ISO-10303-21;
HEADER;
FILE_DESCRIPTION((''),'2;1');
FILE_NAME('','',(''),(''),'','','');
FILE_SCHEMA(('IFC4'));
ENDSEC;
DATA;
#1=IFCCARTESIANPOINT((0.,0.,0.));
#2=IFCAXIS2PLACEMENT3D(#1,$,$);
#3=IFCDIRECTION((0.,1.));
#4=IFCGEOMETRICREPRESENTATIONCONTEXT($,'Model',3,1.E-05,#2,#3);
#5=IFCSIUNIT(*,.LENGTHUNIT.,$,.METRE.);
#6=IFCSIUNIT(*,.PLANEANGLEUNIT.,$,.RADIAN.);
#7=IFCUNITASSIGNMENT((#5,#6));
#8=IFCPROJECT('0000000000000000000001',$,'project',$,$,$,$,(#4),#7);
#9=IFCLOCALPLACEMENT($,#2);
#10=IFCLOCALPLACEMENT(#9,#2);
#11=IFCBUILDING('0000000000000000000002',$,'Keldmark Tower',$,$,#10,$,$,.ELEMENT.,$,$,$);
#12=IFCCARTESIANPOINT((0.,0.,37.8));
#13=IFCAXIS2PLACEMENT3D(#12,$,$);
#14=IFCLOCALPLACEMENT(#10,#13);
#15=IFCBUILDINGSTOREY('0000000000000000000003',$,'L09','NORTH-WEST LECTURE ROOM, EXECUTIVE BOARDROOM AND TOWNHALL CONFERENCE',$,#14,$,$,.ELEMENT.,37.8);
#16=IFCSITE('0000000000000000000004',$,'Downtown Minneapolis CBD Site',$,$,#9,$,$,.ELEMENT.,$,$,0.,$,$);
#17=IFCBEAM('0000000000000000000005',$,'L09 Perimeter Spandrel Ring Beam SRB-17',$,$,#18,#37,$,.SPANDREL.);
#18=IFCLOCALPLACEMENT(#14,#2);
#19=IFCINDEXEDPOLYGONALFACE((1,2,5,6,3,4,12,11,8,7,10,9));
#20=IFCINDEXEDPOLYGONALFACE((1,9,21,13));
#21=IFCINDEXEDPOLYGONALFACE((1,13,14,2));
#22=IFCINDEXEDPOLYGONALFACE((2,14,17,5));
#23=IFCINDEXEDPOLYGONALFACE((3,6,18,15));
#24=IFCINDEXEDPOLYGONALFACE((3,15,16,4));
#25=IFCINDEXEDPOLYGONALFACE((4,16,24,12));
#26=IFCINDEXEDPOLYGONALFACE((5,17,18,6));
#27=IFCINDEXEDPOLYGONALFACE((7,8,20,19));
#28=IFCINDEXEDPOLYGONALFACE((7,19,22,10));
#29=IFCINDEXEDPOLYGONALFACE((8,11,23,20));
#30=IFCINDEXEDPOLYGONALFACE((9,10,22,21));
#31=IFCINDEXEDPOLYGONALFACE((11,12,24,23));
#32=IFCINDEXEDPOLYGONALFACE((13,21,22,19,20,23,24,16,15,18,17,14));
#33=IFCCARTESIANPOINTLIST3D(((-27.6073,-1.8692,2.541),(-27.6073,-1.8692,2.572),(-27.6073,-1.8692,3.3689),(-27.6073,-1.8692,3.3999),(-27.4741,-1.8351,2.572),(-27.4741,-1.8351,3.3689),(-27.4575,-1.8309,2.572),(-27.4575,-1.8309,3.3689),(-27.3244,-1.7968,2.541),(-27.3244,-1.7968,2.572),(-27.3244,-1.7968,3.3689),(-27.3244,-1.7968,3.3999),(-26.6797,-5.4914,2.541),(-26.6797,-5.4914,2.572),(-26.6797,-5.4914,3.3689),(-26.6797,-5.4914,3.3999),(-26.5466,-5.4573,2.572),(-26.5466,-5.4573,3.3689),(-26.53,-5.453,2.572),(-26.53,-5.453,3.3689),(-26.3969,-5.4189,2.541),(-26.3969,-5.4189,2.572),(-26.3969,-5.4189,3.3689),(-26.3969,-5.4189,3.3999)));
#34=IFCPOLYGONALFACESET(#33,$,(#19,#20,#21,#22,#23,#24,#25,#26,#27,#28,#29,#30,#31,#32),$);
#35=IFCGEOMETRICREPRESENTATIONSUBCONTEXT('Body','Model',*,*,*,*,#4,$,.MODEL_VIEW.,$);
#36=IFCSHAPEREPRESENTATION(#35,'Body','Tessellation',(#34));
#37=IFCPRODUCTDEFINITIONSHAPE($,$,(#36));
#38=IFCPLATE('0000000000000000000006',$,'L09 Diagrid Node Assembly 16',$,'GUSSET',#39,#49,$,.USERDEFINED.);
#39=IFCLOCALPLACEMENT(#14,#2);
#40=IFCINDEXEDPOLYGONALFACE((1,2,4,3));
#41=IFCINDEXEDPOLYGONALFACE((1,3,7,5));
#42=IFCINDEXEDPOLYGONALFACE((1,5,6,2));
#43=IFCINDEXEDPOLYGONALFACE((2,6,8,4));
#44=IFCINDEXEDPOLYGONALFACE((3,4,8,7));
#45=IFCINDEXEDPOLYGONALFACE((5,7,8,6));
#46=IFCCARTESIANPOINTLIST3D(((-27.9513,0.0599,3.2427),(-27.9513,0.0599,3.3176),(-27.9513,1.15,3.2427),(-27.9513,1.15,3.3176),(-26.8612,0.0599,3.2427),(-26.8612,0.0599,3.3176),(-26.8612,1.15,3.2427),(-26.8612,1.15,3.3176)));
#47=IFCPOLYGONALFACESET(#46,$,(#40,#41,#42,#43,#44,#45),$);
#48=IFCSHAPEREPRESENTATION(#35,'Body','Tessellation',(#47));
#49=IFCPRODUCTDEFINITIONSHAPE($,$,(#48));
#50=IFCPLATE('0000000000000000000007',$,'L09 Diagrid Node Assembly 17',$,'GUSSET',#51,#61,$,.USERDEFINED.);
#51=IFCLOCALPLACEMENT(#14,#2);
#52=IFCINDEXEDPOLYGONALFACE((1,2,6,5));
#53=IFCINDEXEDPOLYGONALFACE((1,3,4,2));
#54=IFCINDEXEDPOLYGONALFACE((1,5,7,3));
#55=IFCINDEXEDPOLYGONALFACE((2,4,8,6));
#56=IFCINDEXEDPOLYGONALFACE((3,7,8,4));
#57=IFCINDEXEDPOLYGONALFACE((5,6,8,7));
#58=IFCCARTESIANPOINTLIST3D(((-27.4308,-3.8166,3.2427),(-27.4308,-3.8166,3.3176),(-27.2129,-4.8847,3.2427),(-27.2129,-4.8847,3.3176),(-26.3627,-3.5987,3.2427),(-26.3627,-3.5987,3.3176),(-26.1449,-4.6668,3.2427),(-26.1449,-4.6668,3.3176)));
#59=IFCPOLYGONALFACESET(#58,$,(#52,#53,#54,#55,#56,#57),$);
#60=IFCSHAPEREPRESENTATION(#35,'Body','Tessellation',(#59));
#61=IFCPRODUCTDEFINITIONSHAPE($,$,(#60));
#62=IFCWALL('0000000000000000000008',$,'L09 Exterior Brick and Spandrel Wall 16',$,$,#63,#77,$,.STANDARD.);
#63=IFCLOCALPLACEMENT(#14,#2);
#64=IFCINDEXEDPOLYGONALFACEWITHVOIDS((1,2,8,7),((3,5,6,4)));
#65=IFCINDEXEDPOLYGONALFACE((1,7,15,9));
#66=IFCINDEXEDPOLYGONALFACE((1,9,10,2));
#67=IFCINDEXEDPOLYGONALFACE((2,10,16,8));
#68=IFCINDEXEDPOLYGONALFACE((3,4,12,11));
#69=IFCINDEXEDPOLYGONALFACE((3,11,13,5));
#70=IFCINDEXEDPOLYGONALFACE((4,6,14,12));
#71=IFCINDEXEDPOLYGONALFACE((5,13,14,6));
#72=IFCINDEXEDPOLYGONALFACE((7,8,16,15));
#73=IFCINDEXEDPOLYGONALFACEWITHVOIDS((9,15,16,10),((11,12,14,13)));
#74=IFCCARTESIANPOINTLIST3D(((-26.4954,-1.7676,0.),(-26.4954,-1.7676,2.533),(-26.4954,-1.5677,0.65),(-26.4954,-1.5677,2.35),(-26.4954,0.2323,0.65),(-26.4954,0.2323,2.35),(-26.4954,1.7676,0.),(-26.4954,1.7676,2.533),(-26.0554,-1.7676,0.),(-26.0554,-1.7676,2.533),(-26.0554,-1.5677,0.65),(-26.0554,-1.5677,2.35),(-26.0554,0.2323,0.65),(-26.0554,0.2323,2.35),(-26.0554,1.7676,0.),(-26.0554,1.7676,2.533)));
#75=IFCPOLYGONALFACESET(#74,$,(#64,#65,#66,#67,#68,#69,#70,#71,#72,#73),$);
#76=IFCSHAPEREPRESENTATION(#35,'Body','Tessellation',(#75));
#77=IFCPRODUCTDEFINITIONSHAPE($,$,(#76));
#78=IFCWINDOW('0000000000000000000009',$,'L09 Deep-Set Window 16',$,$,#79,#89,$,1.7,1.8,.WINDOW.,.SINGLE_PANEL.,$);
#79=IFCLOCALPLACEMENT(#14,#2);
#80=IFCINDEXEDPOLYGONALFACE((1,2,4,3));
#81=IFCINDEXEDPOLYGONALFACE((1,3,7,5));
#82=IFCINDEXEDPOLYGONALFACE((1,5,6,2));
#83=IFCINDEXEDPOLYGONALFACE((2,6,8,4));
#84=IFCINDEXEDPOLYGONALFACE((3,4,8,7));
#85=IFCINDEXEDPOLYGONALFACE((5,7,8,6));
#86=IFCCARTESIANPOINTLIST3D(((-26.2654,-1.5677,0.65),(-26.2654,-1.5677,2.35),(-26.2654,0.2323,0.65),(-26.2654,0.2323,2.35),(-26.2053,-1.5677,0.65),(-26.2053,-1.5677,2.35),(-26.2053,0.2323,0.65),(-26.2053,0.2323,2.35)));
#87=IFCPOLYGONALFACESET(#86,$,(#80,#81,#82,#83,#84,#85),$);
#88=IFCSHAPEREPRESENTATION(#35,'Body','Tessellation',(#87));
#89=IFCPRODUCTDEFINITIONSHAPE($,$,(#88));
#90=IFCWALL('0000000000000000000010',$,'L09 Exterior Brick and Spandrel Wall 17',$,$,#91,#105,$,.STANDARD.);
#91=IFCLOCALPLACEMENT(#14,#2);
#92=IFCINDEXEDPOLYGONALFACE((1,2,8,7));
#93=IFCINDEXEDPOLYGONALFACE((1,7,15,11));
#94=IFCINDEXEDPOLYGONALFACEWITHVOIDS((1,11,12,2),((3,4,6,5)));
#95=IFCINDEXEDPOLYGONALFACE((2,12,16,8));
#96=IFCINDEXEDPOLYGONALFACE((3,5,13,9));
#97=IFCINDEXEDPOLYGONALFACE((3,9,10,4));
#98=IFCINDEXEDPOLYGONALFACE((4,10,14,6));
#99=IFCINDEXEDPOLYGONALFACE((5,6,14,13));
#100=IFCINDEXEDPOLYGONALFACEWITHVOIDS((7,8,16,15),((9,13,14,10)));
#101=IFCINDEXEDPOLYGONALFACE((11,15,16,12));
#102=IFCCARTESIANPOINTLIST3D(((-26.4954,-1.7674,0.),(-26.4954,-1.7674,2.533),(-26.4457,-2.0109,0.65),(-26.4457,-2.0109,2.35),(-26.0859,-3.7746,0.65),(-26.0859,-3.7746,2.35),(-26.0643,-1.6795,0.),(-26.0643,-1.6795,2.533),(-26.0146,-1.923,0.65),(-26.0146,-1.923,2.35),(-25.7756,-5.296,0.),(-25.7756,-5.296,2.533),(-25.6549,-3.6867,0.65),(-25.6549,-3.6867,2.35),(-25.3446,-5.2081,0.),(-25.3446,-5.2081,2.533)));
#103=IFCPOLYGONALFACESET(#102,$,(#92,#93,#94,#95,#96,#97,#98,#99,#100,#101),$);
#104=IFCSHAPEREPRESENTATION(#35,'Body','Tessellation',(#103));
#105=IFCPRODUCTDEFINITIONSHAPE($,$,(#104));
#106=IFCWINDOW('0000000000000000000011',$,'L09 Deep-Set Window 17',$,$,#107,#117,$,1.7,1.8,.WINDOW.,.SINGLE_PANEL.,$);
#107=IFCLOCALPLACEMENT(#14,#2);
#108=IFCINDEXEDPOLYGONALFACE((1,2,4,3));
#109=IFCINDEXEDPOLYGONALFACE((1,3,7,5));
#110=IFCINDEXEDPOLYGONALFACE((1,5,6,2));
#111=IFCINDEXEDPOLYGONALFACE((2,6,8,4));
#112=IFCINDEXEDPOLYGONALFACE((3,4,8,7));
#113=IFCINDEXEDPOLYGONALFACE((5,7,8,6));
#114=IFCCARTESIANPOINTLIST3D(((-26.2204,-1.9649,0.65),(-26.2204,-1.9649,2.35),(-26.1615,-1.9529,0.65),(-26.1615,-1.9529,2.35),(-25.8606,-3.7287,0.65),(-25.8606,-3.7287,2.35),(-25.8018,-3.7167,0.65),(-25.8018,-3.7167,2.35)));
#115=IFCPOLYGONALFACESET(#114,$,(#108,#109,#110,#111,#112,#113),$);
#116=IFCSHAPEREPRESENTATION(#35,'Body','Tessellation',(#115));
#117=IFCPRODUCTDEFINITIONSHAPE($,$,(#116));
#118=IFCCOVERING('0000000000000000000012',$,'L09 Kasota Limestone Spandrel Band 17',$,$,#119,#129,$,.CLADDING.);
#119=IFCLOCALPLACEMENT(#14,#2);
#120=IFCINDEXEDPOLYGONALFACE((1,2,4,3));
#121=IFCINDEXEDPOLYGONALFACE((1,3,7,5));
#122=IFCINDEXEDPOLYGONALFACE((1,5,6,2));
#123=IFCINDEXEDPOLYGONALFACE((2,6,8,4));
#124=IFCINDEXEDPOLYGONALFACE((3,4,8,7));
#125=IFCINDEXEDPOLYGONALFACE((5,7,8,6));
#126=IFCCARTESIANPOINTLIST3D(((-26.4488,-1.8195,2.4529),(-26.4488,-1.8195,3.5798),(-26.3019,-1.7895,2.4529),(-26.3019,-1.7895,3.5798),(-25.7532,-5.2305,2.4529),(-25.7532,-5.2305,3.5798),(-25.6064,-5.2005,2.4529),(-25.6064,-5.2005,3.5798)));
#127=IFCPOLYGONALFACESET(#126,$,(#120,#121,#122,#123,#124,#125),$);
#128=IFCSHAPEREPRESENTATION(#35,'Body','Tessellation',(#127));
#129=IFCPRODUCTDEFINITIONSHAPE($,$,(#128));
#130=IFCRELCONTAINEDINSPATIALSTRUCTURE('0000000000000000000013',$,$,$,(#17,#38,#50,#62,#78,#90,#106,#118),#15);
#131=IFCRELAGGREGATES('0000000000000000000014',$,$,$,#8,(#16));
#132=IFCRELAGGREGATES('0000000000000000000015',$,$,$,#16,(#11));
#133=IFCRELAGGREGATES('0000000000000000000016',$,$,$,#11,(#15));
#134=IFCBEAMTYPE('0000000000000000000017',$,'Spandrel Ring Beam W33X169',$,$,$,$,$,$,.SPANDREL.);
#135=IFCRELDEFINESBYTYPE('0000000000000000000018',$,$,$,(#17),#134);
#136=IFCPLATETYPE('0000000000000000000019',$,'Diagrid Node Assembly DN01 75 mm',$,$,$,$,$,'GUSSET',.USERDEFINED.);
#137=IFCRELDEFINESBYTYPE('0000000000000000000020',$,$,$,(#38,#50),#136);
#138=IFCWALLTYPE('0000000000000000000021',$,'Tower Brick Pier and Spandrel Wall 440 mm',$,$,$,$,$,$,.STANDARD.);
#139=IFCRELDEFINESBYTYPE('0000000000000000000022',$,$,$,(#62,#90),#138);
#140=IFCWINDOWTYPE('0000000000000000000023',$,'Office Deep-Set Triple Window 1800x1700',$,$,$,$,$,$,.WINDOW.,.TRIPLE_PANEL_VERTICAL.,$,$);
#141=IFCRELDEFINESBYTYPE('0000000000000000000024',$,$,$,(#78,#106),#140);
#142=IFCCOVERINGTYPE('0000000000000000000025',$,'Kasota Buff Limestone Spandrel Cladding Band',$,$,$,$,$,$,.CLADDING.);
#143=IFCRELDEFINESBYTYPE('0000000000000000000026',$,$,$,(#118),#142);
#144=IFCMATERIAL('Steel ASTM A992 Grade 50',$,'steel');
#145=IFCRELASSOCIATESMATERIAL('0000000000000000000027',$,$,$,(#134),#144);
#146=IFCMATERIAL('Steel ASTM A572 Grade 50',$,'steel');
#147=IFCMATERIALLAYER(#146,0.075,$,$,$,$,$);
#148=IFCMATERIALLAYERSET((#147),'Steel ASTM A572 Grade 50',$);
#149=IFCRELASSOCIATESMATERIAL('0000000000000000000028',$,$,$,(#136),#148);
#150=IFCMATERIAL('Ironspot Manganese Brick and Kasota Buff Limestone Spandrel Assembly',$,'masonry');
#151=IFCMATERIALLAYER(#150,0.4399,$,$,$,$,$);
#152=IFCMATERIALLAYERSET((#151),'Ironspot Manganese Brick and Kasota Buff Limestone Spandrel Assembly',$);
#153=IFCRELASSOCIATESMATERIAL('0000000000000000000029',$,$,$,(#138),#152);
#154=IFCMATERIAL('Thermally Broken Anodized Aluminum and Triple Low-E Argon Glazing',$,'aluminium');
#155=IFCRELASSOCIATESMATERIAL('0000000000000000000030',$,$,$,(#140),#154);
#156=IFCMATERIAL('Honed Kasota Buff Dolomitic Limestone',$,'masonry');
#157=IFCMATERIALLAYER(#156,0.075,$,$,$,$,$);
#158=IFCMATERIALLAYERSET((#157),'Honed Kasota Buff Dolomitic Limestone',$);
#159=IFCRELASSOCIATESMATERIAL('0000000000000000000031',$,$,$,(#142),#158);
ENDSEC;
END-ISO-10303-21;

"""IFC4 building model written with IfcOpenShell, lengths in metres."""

from ifc_helpers import new_model, si_unit, direction, frame, frame_2d, origin, origin_2d, place, context, subcontext, project, spatial, rectangle, i_section, extrude, material, layer, layer_set, material_profile, profile_set, type_object, element, fill, save


model = new_model("IFC4")

# Units and contexts
model_context = context("Model", 3, precision=1e-05, world=origin(), true_north=direction((0.0, 1.0)))
body_context = subcontext(model_context, "Body", "Model", "MODEL_VIEW")
ifc_project = project(units=[si_unit("LENGTHUNIT", "METRE"), si_unit("PLANEANGLEUNIT", "RADIAN")], contexts=[model_context])

# Site, building, storey
site_placement = place(None, origin())
site = spatial("IfcSite", under=ifc_project, at=site_placement, Name="Downtown Minneapolis CBD Site", CompositionType="ELEMENT", RefElevation=0.0)
building_placement = place(site_placement, origin())
building = spatial("IfcBuilding", under=site, at=building_placement, Name="Keldmark Tower", CompositionType="ELEMENT")
storey_placement = place(building_placement, frame((0.0, 0.0, 37.8)))
storey = spatial("IfcBuildingStorey", under=building, at=storey_placement, Name="L09", Description="NORTH-WEST LECTURE ROOM, EXECUTIVE BOARDROOM AND TOWNHALL CONFERENCE", CompositionType="ELEMENT", Elevation=37.8)

# Beam
ifc_material_1 = material(Name="Steel ASTM A992 Grade 50", Category="steel")
ifc_material_profile_1 = material_profile(ifc_material_1, i_section(OverallWidth=0.292, OverallDepth=0.8589, WebThickness=0.0171, FlangeThickness=0.031, at=origin_2d()), Name="W33X169")
ifc_profile_set_1 = profile_set([ifc_material_profile_1], Name="Steel ASTM A992 Grade 50")
beam_type_1 = type_object("IfcBeamType", Name="Spandrel Ring Beam W33X169", PredefinedType="SPANDREL", material=ifc_profile_set_1)
beam_1_placement = place(storey_placement, frame((-27.4658, -1.833, 2.9705), z_axis=(0.248063, -0.968744, 0.0), x_axis=(0.968744, 0.248063, 0.0)))
element("IfcBeam", 1, at=beam_1_placement, inside=storey, type_object=beam_type_1, Name="L09 Perimeter Spandrel Ring Beam SRB-17", PredefinedType="SPANDREL", context=body_context, shape_type="SweptSolid", body=[
    extrude(i_section(OverallWidth=0.292, OverallDepth=0.8589, WebThickness=0.0171, FlangeThickness=0.031, at=origin_2d()), origin(), (0.0, 0.0, 1.0), 3.739),
])

# Plates
ifc_material_2 = material(Name="Steel ASTM A572 Grade 50", Category="steel")
ifc_layer_1 = layer(ifc_material_2, 0.075)
ifc_layer_set_1 = layer_set([ifc_layer_1], Name="Steel ASTM A572 Grade 50")
plate_type = type_object("IfcPlateType", Name="Diagrid Node Assembly DN01 75 mm", ElementType="GUSSET", PredefinedType="USERDEFINED", material=ifc_layer_set_1)
for number, where, z_axis, x_axis, name in (
    (2, (-27.4062, 0.605, 3.2427), (0.0, 0.0, 1.0), (0.0, -1.0, 0.0), "L09 Diagrid Node Assembly 16"),
    (3, (-26.7878, -4.2417, 3.2427), (0.0, 0.0, 1.0), (0.199881, -0.97982, 0.0), "L09 Diagrid Node Assembly 17"),
):
    element("IfcPlate", number, at=place(storey_placement, frame(where, z_axis=z_axis, x_axis=x_axis)), inside=storey, type_object=plate_type, Name=name, ObjectType="GUSSET", PredefinedType="USERDEFINED", context=body_context, shape_type="SweptSolid", body=[
        extrude(rectangle(XDim=1.0901, YDim=1.0901, at=origin_2d()), origin(), (0.0, 0.0, 1.0), 0.075),
    ])

# Walls, openings, windows
ifc_material_3 = material(Name="Ironspot Manganese Brick and Kasota Buff Limestone Spandrel Assembly", Category="masonry")
ifc_layer_2 = layer(ifc_material_3, 0.4399)
ifc_layer_set_2 = layer_set([ifc_layer_2], Name="Ironspot Manganese Brick and Kasota Buff Limestone Spandrel Assembly")
wall_type = type_object("IfcWallType", Name="Tower Brick Pier and Spandrel Wall 440 mm", PredefinedType="STANDARD", material=ifc_layer_set_2)
wall_1_placement = place(storey_placement, frame((-26.2754, -1.7676, 0.0), z_axis=(0.0, 0.0, 1.0), x_axis=(0.0, 1.0, 0.0)))
wall_1 = element("IfcWall", 4, at=wall_1_placement, inside=storey, type_object=wall_type, Name="L09 Exterior Brick and Spandrel Wall 16", PredefinedType="STANDARD", context=body_context, shape_type="SweptSolid", body=[
    extrude(rectangle(XDim=3.5352, YDim=0.4399, at=frame_2d((1.7676, 0.0))), origin(), (0.0, 0.0, 1.0), 2.533),
])
opening_1_placement = place(wall_1_placement, frame((0.2, 0.0, 0.6499)))
opening_1 = element("IfcOpeningElement", 5, at=opening_1_placement, cuts=wall_1, PredefinedType="OPENING", context=body_context, shape_type="SweptSolid", body=[
    extrude(rectangle(XDim=1.8, YDim=1.7, at=frame_2d((0.8999, 0.8501))), frame((0.0, 0.23, 0.0), z_axis=(0.0, -1.0, 0.0), x_axis=(1.0, 0.0, 0.0)), (0.0, 0.0, 1.0), 0.46),
])
ifc_material_4 = material(Name="Thermally Broken Anodized Aluminum and Triple Low-E Argon Glazing", Category="aluminium")
window_type = type_object("IfcWindowType", Name="Office Deep-Set Triple Window 1800x1700", PartitioningType="TRIPLE_PANEL_VERTICAL", PredefinedType="WINDOW", material=ifc_material_4)
window_1_placement = place(opening_1_placement, origin())
window_1 = element("IfcWindow", 6, at=window_1_placement, inside=storey, type_object=window_type, Name="L09 Deep-Set Window 16", OverallHeight=1.7, OverallWidth=1.8, PartitioningType="SINGLE_PANEL", PredefinedType="WINDOW", context=body_context, shape_type="SweptSolid", body=[
    extrude(rectangle(XDim=1.8, YDim=1.7, at=frame_2d((0.8999, 0.8501))), frame((0.0, -0.01, 0.0), z_axis=(0.0, -1.0, 0.0), x_axis=(1.0, 0.0, 0.0)), (0.0, 0.0, 1.0), 0.0601),
])
fill(opening_1, window_1)
wall_2_placement = place(storey_placement, frame((-25.5601, -5.2522, 0.0), z_axis=(0.0, 0.0, 1.0), x_axis=(-0.199856, 0.979825, 0.0)))
wall_2 = element("IfcWall", 7, at=wall_2_placement, inside=storey, type_object=wall_type, Name="L09 Exterior Brick and Spandrel Wall 17", PredefinedType="STANDARD", context=body_context, shape_type="SweptSolid", body=[
    extrude(rectangle(XDim=3.6013, YDim=0.4399, at=frame_2d((1.8008, 0.0))), origin(), (0.0, 0.0, 1.0), 2.533),
])
opening_2_placement = place(wall_2_placement, frame((1.553, 0.0, 0.6499)))
opening_2 = element("IfcOpeningElement", 8, at=opening_2_placement, cuts=wall_2, PredefinedType="OPENING", context=body_context, shape_type="SweptSolid", body=[
    extrude(rectangle(XDim=1.8, YDim=1.7, at=frame_2d((0.8999, 0.8501))), frame((0.0, 0.23, 0.0), z_axis=(0.0, -1.0, 0.0), x_axis=(1.0, 0.0, 0.0)), (0.0, 0.0, 1.0), 0.46),
])
window_2_placement = place(opening_2_placement, origin())
window_2 = element("IfcWindow", 9, at=window_2_placement, inside=storey, type_object=window_type, Name="L09 Deep-Set Window 17", OverallHeight=1.7, OverallWidth=1.8, PartitioningType="SINGLE_PANEL", PredefinedType="WINDOW", context=body_context, shape_type="SweptSolid", body=[
    extrude(rectangle(XDim=1.8, YDim=1.7, at=frame_2d((0.8999, 0.8501))), frame((0.0, -0.01, 0.0), z_axis=(0.0, -1.0, 0.0), x_axis=(1.0, 0.0, 0.0)), (0.0, 0.0, 1.0), 0.0601),
])
fill(opening_2, window_2)

# Covering
ifc_material_5 = material(Name="Honed Kasota Buff Dolomitic Limestone", Category="masonry")
ifc_layer_3 = layer(ifc_material_5, 0.075)
ifc_layer_set_3 = layer_set([ifc_layer_3], Name="Honed Kasota Buff Dolomitic Limestone")
covering_type = type_object("IfcCoveringType", Name="Kasota Buff Limestone Spandrel Cladding Band", PredefinedType="CLADDING", material=ifc_layer_set_3)
covering_placement = place(storey_placement, frame((-26.0276, -3.51, 2.4529), z_axis=(0.0, 0.0, 1.0), x_axis=(0.199813, -0.979834, 0.0)))
element("IfcCovering", 10, at=covering_placement, inside=storey, type_object=covering_type, Name="L09 Kasota Limestone Spandrel Band 17", PredefinedType="CLADDING", context=body_context, shape_type="SweptSolid", body=[
    extrude(rectangle(XDim=3.4812, YDim=0.1499, at=origin_2d()), origin(), (0.0, 0.0, 1.0), 1.127),
])

save(model, "model.ifc")
